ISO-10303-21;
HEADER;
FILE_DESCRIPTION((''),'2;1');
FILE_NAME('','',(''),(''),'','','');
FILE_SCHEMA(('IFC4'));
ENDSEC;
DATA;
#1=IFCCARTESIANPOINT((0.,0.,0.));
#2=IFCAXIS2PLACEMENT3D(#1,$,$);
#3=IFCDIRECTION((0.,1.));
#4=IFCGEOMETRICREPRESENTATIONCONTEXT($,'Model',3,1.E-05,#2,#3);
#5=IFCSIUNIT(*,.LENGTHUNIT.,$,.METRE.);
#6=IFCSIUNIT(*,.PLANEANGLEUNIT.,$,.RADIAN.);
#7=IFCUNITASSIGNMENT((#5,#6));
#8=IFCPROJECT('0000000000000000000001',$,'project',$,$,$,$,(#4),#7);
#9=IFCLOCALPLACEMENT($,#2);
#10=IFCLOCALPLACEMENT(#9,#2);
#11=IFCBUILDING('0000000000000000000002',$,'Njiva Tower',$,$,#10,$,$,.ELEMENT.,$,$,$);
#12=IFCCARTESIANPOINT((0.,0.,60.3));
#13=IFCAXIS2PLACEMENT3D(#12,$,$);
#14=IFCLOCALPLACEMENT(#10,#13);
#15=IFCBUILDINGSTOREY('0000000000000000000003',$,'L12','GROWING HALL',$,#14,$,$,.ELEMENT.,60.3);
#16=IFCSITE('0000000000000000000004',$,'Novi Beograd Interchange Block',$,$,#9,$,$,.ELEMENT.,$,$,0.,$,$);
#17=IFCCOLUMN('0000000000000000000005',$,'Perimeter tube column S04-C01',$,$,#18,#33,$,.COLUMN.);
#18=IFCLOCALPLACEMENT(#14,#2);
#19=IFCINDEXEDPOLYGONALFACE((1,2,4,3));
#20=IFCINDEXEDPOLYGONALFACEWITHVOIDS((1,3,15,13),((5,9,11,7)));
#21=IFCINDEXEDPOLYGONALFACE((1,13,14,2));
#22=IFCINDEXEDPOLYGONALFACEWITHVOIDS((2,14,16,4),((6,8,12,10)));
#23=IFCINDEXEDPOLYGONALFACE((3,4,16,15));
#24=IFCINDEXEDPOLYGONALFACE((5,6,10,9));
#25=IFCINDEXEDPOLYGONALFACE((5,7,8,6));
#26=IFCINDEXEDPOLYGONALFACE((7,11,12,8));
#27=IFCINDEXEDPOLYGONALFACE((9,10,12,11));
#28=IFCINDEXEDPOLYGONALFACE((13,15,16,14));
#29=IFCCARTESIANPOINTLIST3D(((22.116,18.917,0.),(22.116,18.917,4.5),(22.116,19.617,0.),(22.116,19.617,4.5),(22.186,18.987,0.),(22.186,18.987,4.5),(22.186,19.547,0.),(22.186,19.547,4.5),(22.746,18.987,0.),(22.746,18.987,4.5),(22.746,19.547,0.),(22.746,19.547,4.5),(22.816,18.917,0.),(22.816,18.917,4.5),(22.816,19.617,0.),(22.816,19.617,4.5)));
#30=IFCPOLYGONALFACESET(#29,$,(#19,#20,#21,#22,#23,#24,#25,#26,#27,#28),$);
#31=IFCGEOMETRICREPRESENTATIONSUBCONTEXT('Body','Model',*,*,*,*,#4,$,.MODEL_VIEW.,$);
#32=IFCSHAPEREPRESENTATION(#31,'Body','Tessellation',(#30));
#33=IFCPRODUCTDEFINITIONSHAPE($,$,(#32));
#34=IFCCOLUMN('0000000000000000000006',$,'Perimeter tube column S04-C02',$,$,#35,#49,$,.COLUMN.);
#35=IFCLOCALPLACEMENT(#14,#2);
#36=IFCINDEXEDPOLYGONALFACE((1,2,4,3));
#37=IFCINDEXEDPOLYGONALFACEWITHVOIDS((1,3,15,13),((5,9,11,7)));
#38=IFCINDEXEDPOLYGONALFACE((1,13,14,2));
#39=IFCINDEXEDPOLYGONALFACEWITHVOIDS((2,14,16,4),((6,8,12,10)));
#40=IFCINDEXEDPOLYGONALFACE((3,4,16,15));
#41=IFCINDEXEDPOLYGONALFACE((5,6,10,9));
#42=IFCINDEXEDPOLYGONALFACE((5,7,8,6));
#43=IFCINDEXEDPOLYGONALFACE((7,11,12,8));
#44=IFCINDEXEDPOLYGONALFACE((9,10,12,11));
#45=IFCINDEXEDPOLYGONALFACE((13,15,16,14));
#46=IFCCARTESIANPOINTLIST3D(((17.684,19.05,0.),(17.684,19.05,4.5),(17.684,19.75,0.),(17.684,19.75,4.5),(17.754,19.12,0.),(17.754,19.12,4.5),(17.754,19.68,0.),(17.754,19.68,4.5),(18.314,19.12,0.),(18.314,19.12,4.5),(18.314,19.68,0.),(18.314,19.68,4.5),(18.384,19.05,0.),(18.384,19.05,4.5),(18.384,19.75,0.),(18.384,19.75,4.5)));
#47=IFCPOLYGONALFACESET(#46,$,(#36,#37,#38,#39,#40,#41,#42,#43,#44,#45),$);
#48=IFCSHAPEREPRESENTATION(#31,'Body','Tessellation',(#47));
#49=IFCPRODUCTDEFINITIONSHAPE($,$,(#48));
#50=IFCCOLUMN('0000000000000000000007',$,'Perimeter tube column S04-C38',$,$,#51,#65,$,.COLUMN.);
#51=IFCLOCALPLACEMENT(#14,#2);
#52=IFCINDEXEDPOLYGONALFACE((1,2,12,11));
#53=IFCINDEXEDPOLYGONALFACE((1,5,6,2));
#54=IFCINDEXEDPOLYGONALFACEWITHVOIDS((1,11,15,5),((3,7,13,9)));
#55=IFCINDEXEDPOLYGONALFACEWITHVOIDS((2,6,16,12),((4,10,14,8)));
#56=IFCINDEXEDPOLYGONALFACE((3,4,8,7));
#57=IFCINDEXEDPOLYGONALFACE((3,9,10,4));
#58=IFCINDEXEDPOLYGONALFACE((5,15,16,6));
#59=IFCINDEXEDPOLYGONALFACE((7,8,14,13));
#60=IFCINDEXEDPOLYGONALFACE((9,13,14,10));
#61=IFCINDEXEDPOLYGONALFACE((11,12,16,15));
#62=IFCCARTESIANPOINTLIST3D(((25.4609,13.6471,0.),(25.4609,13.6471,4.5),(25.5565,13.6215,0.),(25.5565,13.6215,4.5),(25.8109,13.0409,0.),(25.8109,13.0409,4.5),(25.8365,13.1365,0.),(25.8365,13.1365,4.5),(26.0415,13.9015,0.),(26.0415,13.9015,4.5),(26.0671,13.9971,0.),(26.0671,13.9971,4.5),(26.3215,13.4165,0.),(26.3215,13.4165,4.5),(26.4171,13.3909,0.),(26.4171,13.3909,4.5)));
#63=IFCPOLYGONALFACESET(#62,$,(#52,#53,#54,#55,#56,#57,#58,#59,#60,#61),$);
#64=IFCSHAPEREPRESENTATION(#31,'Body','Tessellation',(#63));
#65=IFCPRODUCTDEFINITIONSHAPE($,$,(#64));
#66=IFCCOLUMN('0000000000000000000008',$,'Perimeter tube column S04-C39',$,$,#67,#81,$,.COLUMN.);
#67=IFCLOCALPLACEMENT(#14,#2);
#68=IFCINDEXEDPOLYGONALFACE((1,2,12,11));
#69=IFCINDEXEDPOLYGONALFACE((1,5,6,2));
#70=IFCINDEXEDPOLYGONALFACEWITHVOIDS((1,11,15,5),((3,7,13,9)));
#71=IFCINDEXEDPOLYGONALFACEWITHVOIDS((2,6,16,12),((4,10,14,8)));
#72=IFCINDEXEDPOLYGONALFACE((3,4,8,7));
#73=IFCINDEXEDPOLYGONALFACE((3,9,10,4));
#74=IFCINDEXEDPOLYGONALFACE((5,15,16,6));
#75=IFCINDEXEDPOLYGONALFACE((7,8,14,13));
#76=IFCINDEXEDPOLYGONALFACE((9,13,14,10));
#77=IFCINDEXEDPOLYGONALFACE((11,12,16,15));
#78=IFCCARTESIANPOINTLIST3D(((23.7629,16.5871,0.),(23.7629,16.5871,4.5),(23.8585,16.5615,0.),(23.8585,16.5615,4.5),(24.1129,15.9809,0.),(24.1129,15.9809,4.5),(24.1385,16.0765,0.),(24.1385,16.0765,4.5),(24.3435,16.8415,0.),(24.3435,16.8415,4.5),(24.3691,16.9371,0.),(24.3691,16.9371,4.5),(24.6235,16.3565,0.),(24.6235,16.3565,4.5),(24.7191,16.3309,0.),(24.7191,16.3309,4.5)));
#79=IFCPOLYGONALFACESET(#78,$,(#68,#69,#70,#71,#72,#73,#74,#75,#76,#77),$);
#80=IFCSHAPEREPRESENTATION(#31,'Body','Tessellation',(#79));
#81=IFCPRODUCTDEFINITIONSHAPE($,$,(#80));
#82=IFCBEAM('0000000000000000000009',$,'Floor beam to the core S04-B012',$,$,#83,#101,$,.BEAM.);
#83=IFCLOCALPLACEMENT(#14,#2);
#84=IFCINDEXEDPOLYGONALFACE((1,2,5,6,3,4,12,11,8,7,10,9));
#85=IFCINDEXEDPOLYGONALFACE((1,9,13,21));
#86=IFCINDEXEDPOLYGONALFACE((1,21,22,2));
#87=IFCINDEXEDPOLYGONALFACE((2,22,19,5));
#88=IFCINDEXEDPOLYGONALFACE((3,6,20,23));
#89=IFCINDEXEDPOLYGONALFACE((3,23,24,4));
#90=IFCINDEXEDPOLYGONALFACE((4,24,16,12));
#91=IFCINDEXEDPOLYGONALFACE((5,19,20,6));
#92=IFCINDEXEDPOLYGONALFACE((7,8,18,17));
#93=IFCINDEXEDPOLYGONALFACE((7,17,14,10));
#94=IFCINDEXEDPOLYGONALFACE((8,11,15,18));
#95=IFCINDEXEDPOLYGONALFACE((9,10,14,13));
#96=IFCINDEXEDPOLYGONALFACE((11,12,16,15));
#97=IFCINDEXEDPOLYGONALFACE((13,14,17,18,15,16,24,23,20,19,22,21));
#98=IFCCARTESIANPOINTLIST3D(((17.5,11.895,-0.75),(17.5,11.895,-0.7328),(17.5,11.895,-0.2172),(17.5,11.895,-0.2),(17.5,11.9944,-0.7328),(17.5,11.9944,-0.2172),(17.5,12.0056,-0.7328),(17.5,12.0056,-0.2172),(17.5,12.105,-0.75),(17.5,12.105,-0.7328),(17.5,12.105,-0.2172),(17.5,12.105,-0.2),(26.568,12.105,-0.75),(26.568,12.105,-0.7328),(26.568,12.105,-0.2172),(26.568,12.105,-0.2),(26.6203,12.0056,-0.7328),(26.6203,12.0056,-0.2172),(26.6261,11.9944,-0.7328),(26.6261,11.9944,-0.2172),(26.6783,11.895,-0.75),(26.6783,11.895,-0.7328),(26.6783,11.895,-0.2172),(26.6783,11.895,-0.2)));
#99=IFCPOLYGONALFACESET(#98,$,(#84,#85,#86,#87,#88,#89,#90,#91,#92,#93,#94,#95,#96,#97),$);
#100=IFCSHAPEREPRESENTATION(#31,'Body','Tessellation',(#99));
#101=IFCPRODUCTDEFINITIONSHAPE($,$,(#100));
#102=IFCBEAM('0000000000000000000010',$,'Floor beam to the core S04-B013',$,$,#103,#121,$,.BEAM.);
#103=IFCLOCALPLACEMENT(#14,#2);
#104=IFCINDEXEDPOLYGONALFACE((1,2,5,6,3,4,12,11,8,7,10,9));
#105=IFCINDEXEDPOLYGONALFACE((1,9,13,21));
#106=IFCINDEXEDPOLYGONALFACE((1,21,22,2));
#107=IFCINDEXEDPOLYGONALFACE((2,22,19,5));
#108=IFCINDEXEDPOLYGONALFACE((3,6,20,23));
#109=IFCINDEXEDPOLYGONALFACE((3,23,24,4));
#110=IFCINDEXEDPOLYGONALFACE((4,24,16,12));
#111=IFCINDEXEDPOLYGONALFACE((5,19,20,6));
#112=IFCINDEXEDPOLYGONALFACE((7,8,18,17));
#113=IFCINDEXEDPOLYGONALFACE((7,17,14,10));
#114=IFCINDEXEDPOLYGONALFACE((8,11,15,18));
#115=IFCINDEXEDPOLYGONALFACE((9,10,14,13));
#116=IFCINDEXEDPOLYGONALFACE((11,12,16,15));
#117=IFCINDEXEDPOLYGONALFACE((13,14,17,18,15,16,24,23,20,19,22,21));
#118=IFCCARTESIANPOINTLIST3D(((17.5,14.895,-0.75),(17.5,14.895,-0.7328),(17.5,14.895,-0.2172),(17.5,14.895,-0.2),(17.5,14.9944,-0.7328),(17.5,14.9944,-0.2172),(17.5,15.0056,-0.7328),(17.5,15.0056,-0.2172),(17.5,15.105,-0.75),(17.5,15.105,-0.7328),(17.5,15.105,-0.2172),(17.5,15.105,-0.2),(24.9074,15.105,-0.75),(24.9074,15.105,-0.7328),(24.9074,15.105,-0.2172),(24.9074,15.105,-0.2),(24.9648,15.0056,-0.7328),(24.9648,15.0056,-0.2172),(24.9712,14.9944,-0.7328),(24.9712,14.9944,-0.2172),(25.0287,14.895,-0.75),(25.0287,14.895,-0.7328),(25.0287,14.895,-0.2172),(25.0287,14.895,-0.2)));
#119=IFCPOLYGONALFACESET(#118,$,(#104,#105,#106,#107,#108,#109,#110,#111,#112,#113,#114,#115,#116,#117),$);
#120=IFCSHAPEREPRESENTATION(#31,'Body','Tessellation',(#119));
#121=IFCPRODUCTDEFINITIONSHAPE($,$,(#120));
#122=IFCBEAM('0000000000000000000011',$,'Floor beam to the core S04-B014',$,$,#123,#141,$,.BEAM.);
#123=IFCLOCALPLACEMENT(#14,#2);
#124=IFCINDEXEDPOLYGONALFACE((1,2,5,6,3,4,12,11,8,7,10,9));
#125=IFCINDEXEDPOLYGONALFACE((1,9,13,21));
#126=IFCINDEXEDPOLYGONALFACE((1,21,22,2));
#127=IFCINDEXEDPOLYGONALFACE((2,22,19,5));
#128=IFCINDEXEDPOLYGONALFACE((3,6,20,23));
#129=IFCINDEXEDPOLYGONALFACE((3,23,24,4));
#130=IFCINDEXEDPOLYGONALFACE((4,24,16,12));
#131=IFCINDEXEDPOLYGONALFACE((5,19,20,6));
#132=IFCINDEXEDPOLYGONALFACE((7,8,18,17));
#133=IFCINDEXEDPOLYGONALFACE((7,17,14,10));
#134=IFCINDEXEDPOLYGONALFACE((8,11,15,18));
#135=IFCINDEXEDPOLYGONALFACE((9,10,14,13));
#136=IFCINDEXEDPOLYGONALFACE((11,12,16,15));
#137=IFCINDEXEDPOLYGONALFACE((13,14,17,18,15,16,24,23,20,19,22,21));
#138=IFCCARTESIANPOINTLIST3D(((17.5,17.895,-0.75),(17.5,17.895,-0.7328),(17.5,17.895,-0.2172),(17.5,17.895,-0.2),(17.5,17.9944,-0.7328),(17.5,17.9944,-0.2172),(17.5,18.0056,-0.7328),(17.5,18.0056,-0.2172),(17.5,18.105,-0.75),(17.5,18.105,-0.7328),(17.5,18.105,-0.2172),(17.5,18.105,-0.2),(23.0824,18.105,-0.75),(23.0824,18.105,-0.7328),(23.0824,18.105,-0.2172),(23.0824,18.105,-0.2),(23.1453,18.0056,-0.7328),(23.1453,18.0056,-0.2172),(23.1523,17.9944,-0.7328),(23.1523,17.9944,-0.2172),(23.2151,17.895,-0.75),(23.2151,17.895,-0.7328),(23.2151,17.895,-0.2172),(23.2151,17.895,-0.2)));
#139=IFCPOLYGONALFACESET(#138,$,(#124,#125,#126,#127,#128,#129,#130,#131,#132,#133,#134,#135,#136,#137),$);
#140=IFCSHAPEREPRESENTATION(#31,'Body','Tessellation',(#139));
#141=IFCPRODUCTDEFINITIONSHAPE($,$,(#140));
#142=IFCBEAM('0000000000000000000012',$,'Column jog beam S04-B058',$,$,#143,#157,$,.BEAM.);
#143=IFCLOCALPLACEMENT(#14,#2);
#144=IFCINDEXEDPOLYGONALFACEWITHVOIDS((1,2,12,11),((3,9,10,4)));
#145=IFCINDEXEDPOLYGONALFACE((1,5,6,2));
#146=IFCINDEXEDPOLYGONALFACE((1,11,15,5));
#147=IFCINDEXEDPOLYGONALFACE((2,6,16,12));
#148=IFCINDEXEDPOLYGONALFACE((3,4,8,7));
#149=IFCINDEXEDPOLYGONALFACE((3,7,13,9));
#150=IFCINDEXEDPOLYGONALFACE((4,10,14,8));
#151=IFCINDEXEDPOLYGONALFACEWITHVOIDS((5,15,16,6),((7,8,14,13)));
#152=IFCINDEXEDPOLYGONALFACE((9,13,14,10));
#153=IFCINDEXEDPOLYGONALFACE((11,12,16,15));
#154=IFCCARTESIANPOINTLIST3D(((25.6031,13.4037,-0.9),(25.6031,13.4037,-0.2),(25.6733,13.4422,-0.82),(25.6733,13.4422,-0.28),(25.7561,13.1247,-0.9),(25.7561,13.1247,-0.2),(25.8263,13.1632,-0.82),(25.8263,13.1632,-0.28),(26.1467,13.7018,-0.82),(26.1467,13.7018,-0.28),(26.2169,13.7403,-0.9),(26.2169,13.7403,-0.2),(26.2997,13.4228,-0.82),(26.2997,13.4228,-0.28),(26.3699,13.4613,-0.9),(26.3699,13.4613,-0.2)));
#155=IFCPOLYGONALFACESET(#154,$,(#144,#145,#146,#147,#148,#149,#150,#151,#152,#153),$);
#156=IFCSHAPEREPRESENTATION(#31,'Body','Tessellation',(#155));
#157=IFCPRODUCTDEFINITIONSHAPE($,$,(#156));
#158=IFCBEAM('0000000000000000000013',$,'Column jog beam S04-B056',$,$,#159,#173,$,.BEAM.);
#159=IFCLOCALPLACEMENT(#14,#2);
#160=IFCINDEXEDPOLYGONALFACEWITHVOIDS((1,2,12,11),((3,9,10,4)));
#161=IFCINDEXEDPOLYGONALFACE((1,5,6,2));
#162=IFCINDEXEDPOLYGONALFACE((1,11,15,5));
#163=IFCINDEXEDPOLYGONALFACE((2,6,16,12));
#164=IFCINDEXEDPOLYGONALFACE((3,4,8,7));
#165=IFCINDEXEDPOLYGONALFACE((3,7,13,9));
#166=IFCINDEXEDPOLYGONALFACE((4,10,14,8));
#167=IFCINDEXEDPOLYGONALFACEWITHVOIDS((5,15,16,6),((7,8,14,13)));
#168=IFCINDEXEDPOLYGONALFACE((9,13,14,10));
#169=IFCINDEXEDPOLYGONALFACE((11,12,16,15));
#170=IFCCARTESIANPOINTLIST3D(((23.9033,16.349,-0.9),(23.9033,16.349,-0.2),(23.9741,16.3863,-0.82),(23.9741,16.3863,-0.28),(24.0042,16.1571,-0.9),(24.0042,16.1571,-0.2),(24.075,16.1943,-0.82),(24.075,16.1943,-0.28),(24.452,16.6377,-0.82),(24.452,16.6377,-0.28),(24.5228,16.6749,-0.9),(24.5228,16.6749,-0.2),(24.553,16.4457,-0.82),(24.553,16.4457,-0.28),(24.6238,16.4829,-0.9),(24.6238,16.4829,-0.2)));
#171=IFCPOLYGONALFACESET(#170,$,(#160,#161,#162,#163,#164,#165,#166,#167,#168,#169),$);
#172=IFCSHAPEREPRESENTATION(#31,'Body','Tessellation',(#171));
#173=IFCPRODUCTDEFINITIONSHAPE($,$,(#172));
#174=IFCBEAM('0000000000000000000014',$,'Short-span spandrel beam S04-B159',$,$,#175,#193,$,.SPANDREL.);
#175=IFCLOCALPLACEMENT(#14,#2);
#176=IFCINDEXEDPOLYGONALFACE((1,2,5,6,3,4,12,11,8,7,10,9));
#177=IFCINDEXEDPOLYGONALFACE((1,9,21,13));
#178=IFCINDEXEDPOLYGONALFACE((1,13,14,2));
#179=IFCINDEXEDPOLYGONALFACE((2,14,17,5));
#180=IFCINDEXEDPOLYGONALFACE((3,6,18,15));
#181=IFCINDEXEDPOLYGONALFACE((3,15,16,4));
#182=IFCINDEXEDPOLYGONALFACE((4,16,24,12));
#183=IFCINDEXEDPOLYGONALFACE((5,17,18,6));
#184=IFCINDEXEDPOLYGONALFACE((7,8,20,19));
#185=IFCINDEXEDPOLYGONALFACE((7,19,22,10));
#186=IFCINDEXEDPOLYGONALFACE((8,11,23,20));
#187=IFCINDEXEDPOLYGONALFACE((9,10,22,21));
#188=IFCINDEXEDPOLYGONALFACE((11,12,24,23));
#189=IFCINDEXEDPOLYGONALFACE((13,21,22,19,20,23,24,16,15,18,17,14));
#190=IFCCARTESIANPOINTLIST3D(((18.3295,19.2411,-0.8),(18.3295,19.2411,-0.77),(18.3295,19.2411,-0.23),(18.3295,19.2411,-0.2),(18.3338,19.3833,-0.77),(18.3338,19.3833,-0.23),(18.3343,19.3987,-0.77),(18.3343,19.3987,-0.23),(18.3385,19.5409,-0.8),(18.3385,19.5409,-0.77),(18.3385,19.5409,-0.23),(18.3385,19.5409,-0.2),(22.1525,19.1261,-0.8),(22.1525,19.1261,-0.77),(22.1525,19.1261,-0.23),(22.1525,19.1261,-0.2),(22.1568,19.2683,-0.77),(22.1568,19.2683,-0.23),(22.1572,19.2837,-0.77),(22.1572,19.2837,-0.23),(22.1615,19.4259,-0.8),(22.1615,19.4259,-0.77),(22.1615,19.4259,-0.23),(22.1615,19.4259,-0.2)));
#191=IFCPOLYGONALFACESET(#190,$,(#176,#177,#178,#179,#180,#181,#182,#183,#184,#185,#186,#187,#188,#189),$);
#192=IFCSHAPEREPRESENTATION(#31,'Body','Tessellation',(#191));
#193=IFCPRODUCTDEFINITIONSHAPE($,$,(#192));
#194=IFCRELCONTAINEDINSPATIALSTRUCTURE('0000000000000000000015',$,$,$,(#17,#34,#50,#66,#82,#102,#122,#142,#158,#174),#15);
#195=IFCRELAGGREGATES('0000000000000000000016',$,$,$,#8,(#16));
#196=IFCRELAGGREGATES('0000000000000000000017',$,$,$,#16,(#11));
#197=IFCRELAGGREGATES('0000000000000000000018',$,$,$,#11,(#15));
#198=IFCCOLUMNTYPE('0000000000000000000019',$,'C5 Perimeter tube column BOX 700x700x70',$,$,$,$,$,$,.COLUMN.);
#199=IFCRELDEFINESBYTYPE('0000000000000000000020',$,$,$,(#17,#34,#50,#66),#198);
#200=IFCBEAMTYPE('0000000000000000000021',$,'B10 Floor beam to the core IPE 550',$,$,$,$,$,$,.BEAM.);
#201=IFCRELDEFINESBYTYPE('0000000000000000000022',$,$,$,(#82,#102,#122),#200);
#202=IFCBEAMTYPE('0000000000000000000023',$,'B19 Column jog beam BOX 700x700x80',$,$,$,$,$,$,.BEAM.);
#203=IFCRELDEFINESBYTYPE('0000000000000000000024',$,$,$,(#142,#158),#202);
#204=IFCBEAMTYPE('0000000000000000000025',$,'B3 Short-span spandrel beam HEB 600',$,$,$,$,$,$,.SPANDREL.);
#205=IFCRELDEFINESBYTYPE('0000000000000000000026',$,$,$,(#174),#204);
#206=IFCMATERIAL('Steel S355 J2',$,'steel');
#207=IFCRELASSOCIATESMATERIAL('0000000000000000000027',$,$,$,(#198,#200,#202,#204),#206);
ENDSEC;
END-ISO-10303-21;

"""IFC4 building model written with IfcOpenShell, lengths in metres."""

from ifc_helpers import new_model, si_unit, direction, frame, origin, origin_2d, place, context, subcontext, project, spatial, hollow_rectangle, i_section, extrude, clip, halfspace, material, material_profile, profile_set, type_object, element, save


model = new_model("IFC4")

# Units and contexts
model_context = context("Model", 3, precision=1e-05, world=origin(), true_north=direction((0.0, 1.0)))
body_context = subcontext(model_context, "Body", "Model", "MODEL_VIEW")
ifc_project = project(units=[si_unit("LENGTHUNIT", "METRE"), si_unit("PLANEANGLEUNIT", "RADIAN")], contexts=[model_context])

# Site, building, storey
site_placement = place(None, origin())
site = spatial("IfcSite", under=ifc_project, at=site_placement, Name="Novi Beograd Interchange Block", CompositionType="ELEMENT", RefElevation=0.0)
building_placement = place(site_placement, origin())
building = spatial("IfcBuilding", under=site, at=building_placement, Name="Njiva Tower", CompositionType="ELEMENT")
storey_placement = place(building_placement, frame((0.0, 0.0, 60.3)))
storey = spatial("IfcBuildingStorey", under=building, at=storey_placement, Name="L12", Description="GROWING HALL", CompositionType="ELEMENT", Elevation=60.3)

# Columns
ifc_material_1 = material(Name="Steel S355 J2", Category="steel")
ifc_material_profile_1 = material_profile(ifc_material_1, hollow_rectangle(XDim=0.7, YDim=0.7, WallThickness=0.07, at=origin_2d()), Name="BOX 700x700x70")
ifc_profile_set_1 = profile_set([ifc_material_profile_1], Name="Steel S355 J2")
column_type = type_object("IfcColumnType", Name="C5 Perimeter tube column BOX 700x700x70", PredefinedType="COLUMN", material=ifc_profile_set_1)
for number, where, z_axis, x_axis, name in (
    (1, (22.466, 19.267, 0.0), (0.0, 0.0, 1.0), (-1.0, 0.0, 0.0), "Perimeter tube column S04-C01"),
    (2, (18.034, 19.4, 0.0), (0.0, 0.0, 1.0), (-1.0, 0.0, 0.0), "Perimeter tube column S04-C02"),
    (3, (25.939, 13.519, 0.0), (0.0, 0.0, 1.0), (-0.5, 0.866025, 0.0), "Perimeter tube column S04-C38"),
    (4, (24.241, 16.459, 0.0), (0.0, 0.0, 1.0), (-0.5, 0.866025, 0.0), "Perimeter tube column S04-C39"),
):
    element("IfcColumn", number, at=place(storey_placement, frame(where, z_axis=z_axis, x_axis=x_axis)), inside=storey, type_object=column_type, Name=name, PredefinedType="COLUMN", context=body_context, shape_type="SweptSolid", body=[
        extrude(hollow_rectangle(XDim=0.7, YDim=0.7, WallThickness=0.07, at=origin_2d()), origin(), (0.0, 0.0, 1.0), 4.5),
    ])

# Beams
ifc_material_profile_2 = material_profile(ifc_material_1, i_section(OverallWidth=0.21, OverallDepth=0.55, WebThickness=0.0111, FlangeThickness=0.0172, at=origin_2d()), Name="IPE 550")
ifc_profile_set_2 = profile_set([ifc_material_profile_2], Name="Steel S355 J2")
beam_type_1 = type_object("IfcBeamType", Name="B10 Floor beam to the core IPE 550", PredefinedType="BEAM", material=ifc_profile_set_2)
beam_1_placement = place(storey_placement, frame((17.5, 12.0, -0.475), z_axis=(1.0, 0.0, 0.0), x_axis=(0.0, 1.0, 0.0)))
element("IfcBeam", 5, at=beam_1_placement, inside=storey, type_object=beam_type_1, Name="Floor beam to the core S04-B012", PredefinedType="BEAM", context=body_context, shape_type="Clipping", body=[
    clip(extrude(i_section(OverallWidth=0.21, OverallDepth=0.55, WebThickness=0.0111, FlangeThickness=0.0172, at=origin_2d()), origin(), (0.0, 0.0, 1.0), 9.198), halfspace(frame((0.0232, 0.0, 9.111), z_axis=(0.464889, 0.0, 0.885369), x_axis=(0.0, 1.0, 0.0)), False)),
])
beam_2_placement = place(storey_placement, frame((17.5, 15.0, -0.475), z_axis=(1.0, 0.0, 0.0), x_axis=(0.0, 1.0, 0.0)))
element("IfcBeam", 6, at=beam_2_placement, inside=storey, type_object=beam_type_1, Name="Floor beam to the core S04-B013", PredefinedType="BEAM", context=body_context, shape_type="Clipping", body=[
    clip(extrude(i_section(OverallWidth=0.21, OverallDepth=0.55, WebThickness=0.0111, FlangeThickness=0.0172, at=origin_2d()), origin(), (0.0, 0.0, 1.0), 7.549), halfspace(frame((0.025, 0.0, 7.4536), z_axis=(0.499998, 0.0, 0.866027), x_axis=(0.0, 1.0, 0.0)), False)),
])
beam_3_placement = place(storey_placement, frame((17.5, 18.0, -0.475), z_axis=(1.0, 0.0, 0.0), x_axis=(0.0, 1.0, 0.0)))
element("IfcBeam", 7, at=beam_3_placement, inside=storey, type_object=beam_type_1, Name="Floor beam to the core S04-B014", PredefinedType="BEAM", context=body_context, shape_type="Clipping", body=[
    clip(extrude(i_section(OverallWidth=0.21, OverallDepth=0.55, WebThickness=0.0111, FlangeThickness=0.0172, at=origin_2d()), origin(), (0.0, 0.0, 1.0), 5.735), halfspace(frame((0.0267, 0.0, 5.6319), z_axis=(0.534309, 0.0, 0.845289), x_axis=(0.0, 1.0, 0.0)), False)),
])
ifc_material_profile_3 = material_profile(ifc_material_1, hollow_rectangle(XDim=0.7, YDim=0.7, WallThickness=0.08, at=origin_2d()), Name="BOX 700x700x80")
ifc_profile_set_3 = profile_set([ifc_material_profile_3], Name="Steel S355 J2")
beam_type_2 = type_object("IfcBeamType", Name="B19 Column jog beam BOX 700x700x80", PredefinedType="BEAM", material=ifc_profile_set_3)
beam_4_placement = place(storey_placement, frame((26.063, 13.293, -0.55), z_axis=(-0.480833, 0.876812, 0.0), x_axis=(-0.876812, -0.480833, 0.0)))
element("IfcBeam", 8, at=beam_4_placement, inside=storey, type_object=beam_type_2, Name="Column jog beam S04-B058", PredefinedType="BEAM", context=body_context, shape_type="SweptSolid", body=[
    extrude(hollow_rectangle(XDim=0.7, YDim=0.7, WallThickness=0.08, at=origin_2d()), origin(), (0.0, 0.0, 1.0), 0.3182),
])
beam_5_placement = place(storey_placement, frame((24.314, 16.32, -0.55), z_axis=(-0.465556, 0.885018, 0.0), x_axis=(-0.885018, -0.465556, 0.0)))
element("IfcBeam", 9, at=beam_5_placement, inside=storey, type_object=beam_type_2, Name="Column jog beam S04-B056", PredefinedType="BEAM", context=body_context, shape_type="SweptSolid", body=[
    extrude(hollow_rectangle(XDim=0.7, YDim=0.7, WallThickness=0.08, at=origin_2d()), origin(), (0.0, 0.0, 1.0), 0.2169),
])
ifc_material_profile_4 = material_profile(ifc_material_1, i_section(OverallWidth=0.3, OverallDepth=0.6, WebThickness=0.0155, FlangeThickness=0.03, at=origin_2d()), Name="HEB 600")
ifc_profile_set_4 = profile_set([ifc_material_profile_4], Name="Steel S355 J2")
beam_type_3 = type_object("IfcBeamType", Name="B3 Short-span spandrel beam HEB 600", PredefinedType="SPANDREL", material=ifc_profile_set_4)
beam_6_placement = place(storey_placement, frame((22.157, 19.276, -0.5), z_axis=(-0.999548, 0.030067, 0.0), x_axis=(-0.030067, -0.999548, 0.0)))
element("IfcBeam", 10, at=beam_6_placement, inside=storey, type_object=beam_type_3, Name="Short-span spandrel beam S04-B159", PredefinedType="SPANDREL", context=body_context, shape_type="SweptSolid", body=[
    extrude(i_section(OverallWidth=0.3, OverallDepth=0.6, WebThickness=0.0155, FlangeThickness=0.03, at=origin_2d()), origin(), (0.0, 0.0, 1.0), 3.8247),
])

save(model, "model.ifc")
